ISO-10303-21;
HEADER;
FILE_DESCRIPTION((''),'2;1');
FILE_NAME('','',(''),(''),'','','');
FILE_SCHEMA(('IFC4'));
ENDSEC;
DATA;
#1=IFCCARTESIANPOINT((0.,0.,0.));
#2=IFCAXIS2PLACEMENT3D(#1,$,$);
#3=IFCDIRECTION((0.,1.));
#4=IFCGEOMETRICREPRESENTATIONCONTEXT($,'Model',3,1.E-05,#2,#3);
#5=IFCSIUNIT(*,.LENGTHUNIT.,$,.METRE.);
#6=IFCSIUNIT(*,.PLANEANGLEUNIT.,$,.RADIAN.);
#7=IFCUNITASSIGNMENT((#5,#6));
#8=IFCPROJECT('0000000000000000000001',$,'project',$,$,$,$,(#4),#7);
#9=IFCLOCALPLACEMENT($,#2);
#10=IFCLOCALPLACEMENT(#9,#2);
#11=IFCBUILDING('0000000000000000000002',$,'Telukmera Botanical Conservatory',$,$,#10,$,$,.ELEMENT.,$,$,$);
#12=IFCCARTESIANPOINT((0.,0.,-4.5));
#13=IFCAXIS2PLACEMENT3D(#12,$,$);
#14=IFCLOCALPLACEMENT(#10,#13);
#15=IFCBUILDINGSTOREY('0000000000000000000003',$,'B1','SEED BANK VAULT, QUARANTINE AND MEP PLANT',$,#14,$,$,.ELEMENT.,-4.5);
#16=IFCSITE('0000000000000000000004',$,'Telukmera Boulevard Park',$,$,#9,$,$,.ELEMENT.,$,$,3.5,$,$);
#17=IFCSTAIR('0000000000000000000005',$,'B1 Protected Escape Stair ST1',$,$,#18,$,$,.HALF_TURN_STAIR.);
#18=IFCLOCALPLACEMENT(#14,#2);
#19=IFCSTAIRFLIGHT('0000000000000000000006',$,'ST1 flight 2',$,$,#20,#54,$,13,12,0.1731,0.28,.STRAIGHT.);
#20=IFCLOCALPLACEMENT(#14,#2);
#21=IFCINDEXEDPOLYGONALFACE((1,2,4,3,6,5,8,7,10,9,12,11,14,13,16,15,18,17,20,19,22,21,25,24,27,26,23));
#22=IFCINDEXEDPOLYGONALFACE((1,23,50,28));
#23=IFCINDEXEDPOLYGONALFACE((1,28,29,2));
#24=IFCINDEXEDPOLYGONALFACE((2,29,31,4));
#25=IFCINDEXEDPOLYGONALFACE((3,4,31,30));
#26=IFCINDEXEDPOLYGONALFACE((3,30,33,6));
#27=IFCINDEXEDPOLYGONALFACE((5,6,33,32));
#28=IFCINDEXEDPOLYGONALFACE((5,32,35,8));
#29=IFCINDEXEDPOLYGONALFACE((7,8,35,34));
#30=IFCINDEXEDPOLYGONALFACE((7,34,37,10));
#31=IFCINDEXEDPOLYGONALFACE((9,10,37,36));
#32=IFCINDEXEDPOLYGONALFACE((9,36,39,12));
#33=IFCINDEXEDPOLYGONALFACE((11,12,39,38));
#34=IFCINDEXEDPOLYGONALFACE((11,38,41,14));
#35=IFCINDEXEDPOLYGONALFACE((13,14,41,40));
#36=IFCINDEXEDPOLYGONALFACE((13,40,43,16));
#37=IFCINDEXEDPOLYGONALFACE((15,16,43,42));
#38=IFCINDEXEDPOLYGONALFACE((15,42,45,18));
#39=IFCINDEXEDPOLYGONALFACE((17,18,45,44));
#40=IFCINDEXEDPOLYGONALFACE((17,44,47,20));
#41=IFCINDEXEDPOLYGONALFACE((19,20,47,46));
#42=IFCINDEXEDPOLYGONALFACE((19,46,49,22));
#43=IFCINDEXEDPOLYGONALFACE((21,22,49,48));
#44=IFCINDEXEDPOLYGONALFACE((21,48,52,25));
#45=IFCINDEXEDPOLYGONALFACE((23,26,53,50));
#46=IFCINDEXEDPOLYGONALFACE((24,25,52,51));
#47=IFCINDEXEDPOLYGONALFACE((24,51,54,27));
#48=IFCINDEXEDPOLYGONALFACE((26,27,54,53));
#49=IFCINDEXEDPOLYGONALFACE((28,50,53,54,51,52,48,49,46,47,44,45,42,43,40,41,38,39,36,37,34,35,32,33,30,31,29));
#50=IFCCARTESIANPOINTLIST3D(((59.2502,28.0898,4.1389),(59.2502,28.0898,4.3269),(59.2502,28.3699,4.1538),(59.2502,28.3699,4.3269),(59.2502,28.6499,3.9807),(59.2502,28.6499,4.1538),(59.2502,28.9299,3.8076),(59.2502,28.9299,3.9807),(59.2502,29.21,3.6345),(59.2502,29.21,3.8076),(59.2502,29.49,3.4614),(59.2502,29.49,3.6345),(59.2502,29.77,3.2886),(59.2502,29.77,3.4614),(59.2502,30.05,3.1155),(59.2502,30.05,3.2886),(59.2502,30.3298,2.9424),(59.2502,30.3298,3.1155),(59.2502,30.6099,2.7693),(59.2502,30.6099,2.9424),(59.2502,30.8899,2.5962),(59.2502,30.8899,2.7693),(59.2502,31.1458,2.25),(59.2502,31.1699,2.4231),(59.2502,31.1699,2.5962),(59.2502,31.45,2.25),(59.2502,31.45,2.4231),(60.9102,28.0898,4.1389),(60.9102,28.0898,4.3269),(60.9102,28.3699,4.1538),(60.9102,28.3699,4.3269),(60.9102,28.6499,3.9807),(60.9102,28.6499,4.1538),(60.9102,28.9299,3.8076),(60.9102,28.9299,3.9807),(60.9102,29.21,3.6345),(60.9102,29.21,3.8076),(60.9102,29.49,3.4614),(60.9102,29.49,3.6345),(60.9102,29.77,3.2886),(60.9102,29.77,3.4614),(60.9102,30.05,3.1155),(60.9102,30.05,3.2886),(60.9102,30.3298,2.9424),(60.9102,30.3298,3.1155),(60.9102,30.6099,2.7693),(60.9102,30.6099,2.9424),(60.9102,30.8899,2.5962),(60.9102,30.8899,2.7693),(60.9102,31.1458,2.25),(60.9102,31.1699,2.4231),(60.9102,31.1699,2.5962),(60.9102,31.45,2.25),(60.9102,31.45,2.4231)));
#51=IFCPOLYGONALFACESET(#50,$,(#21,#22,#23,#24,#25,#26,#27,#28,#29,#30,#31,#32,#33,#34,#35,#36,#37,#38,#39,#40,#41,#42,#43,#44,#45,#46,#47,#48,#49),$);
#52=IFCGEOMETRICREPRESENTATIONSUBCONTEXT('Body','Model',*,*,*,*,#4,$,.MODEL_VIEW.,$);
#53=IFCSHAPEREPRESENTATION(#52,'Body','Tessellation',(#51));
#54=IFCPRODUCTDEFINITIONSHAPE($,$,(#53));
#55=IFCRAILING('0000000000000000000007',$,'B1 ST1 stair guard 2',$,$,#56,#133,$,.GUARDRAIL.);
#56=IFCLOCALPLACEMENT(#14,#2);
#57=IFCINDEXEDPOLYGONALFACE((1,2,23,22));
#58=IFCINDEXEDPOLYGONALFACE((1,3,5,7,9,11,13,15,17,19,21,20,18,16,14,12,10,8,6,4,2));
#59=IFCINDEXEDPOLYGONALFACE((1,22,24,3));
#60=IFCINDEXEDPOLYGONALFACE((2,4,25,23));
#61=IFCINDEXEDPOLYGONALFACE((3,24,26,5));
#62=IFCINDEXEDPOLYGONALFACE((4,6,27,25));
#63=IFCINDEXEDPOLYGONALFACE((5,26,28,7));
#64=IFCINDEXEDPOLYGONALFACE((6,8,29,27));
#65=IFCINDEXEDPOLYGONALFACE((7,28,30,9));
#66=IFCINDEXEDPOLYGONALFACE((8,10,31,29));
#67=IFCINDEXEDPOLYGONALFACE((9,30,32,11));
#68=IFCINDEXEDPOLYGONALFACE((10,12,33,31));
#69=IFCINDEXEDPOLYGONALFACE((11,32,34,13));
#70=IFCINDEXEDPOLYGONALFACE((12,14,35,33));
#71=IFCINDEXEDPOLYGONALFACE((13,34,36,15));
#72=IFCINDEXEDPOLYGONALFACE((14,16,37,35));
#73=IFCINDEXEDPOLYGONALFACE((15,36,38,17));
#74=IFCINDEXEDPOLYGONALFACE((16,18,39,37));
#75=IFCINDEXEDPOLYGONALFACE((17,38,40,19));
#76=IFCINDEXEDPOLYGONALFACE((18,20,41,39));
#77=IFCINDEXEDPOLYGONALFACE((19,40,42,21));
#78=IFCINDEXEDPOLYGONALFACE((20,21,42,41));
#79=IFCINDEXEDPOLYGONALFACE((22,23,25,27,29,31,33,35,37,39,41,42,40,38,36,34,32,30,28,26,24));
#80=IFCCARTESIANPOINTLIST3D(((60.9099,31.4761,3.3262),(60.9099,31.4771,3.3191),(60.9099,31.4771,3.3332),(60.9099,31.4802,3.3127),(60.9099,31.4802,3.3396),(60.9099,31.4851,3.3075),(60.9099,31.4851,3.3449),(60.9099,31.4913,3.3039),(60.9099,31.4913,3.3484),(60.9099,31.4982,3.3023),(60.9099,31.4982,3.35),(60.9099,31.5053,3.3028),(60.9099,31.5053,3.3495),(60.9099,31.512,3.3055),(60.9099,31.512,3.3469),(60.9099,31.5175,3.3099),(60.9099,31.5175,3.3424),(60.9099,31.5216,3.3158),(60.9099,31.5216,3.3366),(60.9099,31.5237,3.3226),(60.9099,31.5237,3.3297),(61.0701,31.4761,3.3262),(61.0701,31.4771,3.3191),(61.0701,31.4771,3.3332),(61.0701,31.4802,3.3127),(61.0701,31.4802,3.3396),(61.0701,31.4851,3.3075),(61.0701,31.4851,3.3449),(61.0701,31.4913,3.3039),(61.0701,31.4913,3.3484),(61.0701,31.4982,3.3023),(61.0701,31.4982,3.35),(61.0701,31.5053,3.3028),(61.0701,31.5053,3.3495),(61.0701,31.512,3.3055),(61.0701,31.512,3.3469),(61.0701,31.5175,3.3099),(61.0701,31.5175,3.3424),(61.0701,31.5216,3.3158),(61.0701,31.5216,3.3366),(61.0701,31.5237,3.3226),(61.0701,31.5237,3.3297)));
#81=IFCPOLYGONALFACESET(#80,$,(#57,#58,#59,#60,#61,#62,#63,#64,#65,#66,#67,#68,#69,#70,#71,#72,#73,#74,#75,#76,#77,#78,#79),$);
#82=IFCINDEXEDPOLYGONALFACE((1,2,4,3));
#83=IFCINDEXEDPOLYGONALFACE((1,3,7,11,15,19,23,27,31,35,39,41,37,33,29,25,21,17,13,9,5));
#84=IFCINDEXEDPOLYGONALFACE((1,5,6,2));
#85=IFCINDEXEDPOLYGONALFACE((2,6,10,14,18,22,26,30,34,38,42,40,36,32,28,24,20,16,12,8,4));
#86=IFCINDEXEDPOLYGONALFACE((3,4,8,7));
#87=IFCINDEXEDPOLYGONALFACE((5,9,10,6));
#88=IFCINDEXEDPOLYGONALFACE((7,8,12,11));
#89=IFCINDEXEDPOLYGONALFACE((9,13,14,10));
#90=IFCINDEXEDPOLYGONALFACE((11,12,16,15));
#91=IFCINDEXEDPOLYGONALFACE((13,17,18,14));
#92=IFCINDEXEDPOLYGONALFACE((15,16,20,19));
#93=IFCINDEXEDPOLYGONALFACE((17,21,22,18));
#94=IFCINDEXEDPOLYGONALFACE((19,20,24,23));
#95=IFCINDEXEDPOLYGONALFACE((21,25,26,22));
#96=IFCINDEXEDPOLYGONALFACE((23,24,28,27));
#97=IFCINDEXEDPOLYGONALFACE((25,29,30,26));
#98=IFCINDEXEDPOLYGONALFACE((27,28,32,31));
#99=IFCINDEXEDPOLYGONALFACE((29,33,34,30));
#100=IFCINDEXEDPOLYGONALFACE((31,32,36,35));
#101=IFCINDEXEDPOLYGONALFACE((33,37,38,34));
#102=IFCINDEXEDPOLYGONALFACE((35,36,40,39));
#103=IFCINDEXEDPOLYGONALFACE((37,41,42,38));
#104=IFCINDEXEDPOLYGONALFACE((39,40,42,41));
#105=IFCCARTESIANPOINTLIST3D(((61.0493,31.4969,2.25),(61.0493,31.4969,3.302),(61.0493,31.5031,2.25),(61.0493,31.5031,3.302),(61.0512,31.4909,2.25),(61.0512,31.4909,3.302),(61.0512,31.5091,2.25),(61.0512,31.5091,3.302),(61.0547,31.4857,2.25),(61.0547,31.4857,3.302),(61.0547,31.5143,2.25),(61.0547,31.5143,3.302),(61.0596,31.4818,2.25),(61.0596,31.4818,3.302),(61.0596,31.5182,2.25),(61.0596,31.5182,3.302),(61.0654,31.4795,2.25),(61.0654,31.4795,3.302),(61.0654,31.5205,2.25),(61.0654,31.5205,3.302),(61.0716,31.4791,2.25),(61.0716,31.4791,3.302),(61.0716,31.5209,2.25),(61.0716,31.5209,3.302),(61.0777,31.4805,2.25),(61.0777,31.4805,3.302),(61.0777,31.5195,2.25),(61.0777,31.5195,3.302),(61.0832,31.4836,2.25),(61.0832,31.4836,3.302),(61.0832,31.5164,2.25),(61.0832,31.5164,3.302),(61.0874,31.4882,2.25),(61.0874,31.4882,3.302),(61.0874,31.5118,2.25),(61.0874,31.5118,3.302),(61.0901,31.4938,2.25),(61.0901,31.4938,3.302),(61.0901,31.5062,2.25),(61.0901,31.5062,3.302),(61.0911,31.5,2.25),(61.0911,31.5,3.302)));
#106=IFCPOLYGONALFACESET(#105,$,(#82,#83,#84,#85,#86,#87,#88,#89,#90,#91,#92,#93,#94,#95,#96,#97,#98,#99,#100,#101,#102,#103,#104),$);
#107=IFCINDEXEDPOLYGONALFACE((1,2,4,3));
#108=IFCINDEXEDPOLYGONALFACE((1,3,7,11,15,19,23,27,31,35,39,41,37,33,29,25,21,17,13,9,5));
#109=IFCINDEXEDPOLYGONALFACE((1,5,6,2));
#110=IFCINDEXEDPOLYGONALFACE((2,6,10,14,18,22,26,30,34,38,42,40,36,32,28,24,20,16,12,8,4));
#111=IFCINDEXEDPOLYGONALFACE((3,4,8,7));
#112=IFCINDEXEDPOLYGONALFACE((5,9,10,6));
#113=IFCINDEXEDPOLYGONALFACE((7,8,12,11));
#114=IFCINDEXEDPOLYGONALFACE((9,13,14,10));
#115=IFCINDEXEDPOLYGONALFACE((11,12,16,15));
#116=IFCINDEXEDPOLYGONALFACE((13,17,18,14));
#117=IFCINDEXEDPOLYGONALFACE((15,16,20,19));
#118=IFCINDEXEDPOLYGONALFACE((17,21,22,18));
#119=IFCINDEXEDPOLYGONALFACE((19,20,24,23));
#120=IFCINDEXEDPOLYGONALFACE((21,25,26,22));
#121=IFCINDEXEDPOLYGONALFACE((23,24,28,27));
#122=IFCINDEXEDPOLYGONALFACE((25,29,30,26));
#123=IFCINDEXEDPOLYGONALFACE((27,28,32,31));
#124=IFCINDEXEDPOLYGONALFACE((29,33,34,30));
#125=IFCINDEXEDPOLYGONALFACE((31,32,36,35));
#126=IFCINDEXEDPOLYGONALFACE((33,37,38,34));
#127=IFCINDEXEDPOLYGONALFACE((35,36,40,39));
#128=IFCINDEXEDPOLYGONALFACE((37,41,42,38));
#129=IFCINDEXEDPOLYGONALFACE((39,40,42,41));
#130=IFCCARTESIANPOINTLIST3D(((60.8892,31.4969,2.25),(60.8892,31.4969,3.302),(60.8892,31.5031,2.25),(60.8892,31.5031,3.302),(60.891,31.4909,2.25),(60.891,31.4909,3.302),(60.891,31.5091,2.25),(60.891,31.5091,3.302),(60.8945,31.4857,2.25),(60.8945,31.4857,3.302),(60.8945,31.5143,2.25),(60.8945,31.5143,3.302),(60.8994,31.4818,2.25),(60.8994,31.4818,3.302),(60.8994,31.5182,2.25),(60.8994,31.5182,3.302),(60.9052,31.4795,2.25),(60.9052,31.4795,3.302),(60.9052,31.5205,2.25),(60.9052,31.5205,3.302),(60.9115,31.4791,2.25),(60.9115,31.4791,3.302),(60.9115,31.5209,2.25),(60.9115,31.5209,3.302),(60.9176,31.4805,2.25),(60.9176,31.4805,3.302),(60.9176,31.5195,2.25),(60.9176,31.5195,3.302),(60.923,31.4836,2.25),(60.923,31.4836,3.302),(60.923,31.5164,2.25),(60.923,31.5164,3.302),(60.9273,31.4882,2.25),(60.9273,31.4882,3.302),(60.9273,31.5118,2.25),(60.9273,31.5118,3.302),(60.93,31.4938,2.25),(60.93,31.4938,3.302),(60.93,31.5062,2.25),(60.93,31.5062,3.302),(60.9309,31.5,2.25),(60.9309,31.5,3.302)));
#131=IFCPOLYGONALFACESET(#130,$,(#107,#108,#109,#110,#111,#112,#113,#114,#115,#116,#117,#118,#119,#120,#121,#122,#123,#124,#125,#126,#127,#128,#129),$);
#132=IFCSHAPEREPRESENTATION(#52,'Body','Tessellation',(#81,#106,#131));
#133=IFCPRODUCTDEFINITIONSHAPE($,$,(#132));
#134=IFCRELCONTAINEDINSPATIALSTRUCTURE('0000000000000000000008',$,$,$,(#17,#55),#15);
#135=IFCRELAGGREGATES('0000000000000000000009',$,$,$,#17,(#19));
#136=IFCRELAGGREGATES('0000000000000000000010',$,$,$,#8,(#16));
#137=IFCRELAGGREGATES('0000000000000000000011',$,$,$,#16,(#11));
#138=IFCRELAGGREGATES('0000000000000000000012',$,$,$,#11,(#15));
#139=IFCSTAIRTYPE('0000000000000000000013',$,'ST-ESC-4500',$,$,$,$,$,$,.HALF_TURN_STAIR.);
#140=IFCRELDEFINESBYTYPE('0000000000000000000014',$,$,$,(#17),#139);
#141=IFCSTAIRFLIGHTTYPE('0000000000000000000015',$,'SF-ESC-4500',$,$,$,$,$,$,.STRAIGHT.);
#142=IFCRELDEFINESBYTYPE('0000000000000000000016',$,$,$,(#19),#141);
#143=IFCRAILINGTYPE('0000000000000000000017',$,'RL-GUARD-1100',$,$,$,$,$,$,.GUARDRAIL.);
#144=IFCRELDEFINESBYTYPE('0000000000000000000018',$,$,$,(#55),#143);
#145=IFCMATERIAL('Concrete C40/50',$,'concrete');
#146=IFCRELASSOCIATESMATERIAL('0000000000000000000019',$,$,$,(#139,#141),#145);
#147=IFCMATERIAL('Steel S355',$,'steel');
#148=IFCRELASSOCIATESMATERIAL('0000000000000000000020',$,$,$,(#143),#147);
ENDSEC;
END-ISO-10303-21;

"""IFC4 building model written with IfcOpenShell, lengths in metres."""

from ifc_helpers import new_model, si_unit, direction, frame, origin, origin_2d, place, context, subcontext, project, spatial, polyline, circle, outline, extrude, material, type_object, element, aggregate, save


model = new_model("IFC4")

# Units and contexts
model_context = context("Model", 3, precision=1e-05, world=origin(), true_north=direction((0.0, 1.0)))
body_context = subcontext(model_context, "Body", "Model", "MODEL_VIEW")
ifc_project = project(units=[si_unit("LENGTHUNIT", "METRE"), si_unit("PLANEANGLEUNIT", "RADIAN")], contexts=[model_context])

# Site, building, storey
site_placement = place(None, origin())
site = spatial("IfcSite", under=ifc_project, at=site_placement, Name="Telukmera Boulevard Park", CompositionType="ELEMENT", RefElevation=3.5)
building_placement = place(site_placement, origin())
building = spatial("IfcBuilding", under=site, at=building_placement, Name="Telukmera Botanical Conservatory", CompositionType="ELEMENT")
storey_placement = place(building_placement, frame((0.0, 0.0, -4.5)))
storey = spatial("IfcBuildingStorey", under=building, at=storey_placement, Name="B1", Description="SEED BANK VAULT, QUARANTINE AND MEP PLANT", CompositionType="ELEMENT", Elevation=-4.5)

# Shared definitions
ifc_material_1 = material(Name="Concrete C40/50", Category="concrete")

# Stair, stair flight
stair_type = type_object("IfcStairType", Name="ST-ESC-4500", PredefinedType="HALF_TURN_STAIR", material=ifc_material_1)
stair_placement = place(storey_placement, origin())
stair = element("IfcStair", 1, at=stair_placement, inside=storey, type_object=stair_type, Name="B1 Protected Escape Stair ST1", PredefinedType="HALF_TURN_STAIR")
stair_flight_type = type_object("IfcStairFlightType", Name="SF-ESC-4500", PredefinedType="STRAIGHT", material=ifc_material_1)
stair_flight_placement = place(storey_placement, frame((60.0801, 31.45, 2.25), z_axis=(0.0, 0.0, 1.0), x_axis=(0.0, -1.0, 0.0)))
stair_flight = element("IfcStairFlight", 2, at=stair_flight_placement, type_object=stair_flight_type, Name="ST1 flight 2", NumberOfRisers=13, NumberOfTreads=12, PredefinedType="STRAIGHT", RiserHeight=0.1731, TreadLength=0.28, context=body_context, shape_type="SweptSolid", body=[
    extrude(outline(polyline([(0.0, 0.0), (0.0, 0.1731), (0.28, 0.1731), (0.28, 0.3462), (0.5601, 0.3462), (0.5601, 0.5193), (0.8401, 0.5193), (0.8401, 0.6924), (1.1201, 0.6924), (1.1201, 0.8655), (1.3999, 0.8655), (1.3999, 1.0386), (1.6799, 1.0386), (1.6799, 1.2114), (1.96, 1.2114), (1.96, 1.3845), (2.24, 1.3845), (2.24, 1.5576), (2.52, 1.5576), (2.52, 1.7307), (2.8, 1.7307), (2.8, 1.9038), (3.0801, 1.9038), (3.0801, 2.0769), (3.3601, 2.0769), (3.3601, 2.25), (3.3601, 1.8889), (0.3042, 0.0), (0.0, 0.0)])), frame((0.0, 0.8301, 0.0), z_axis=(0.0, -1.0, 0.0), x_axis=(1.0, 0.0, 0.0)), (0.0, 0.0, 1.0), 1.6599),
])
aggregate(stair, [stair_flight])

# Railing
ifc_material_2 = material(Name="Steel S355", Category="steel")
railing_type_1 = type_object("IfcRailingType", Name="RL-GUARD-1100", PredefinedType="GUARDRAIL", material=ifc_material_2)
railing_1_placement = place(storey_placement, frame((61.0701, 31.5, 2.25)))
element("IfcRailing", 3, at=railing_1_placement, inside=storey, type_object=railing_type_1, Name="B1 ST1 stair guard 2", PredefinedType="GUARDRAIL", context=body_context, shape_type="SweptSolid", body=[
    extrude(circle(Radius=0.0239, at=origin_2d()), frame((0.0, 0.0, 1.0762), z_axis=(-1.0, 0.0, 0.0), x_axis=(0.0, -1.0, 0.0)), (0.0, 0.0, 1.0), 0.1602),
    extrude(circle(Radius=0.021, at=origin_2d()), origin(), (0.0, 0.0, 1.0), 1.052),
    extrude(circle(Radius=0.021, at=origin_2d()), frame((-0.1602, 0.0, 0.0)), (0.0, 0.0, 1.0), 1.052),
])

save(model, "model.ifc")
